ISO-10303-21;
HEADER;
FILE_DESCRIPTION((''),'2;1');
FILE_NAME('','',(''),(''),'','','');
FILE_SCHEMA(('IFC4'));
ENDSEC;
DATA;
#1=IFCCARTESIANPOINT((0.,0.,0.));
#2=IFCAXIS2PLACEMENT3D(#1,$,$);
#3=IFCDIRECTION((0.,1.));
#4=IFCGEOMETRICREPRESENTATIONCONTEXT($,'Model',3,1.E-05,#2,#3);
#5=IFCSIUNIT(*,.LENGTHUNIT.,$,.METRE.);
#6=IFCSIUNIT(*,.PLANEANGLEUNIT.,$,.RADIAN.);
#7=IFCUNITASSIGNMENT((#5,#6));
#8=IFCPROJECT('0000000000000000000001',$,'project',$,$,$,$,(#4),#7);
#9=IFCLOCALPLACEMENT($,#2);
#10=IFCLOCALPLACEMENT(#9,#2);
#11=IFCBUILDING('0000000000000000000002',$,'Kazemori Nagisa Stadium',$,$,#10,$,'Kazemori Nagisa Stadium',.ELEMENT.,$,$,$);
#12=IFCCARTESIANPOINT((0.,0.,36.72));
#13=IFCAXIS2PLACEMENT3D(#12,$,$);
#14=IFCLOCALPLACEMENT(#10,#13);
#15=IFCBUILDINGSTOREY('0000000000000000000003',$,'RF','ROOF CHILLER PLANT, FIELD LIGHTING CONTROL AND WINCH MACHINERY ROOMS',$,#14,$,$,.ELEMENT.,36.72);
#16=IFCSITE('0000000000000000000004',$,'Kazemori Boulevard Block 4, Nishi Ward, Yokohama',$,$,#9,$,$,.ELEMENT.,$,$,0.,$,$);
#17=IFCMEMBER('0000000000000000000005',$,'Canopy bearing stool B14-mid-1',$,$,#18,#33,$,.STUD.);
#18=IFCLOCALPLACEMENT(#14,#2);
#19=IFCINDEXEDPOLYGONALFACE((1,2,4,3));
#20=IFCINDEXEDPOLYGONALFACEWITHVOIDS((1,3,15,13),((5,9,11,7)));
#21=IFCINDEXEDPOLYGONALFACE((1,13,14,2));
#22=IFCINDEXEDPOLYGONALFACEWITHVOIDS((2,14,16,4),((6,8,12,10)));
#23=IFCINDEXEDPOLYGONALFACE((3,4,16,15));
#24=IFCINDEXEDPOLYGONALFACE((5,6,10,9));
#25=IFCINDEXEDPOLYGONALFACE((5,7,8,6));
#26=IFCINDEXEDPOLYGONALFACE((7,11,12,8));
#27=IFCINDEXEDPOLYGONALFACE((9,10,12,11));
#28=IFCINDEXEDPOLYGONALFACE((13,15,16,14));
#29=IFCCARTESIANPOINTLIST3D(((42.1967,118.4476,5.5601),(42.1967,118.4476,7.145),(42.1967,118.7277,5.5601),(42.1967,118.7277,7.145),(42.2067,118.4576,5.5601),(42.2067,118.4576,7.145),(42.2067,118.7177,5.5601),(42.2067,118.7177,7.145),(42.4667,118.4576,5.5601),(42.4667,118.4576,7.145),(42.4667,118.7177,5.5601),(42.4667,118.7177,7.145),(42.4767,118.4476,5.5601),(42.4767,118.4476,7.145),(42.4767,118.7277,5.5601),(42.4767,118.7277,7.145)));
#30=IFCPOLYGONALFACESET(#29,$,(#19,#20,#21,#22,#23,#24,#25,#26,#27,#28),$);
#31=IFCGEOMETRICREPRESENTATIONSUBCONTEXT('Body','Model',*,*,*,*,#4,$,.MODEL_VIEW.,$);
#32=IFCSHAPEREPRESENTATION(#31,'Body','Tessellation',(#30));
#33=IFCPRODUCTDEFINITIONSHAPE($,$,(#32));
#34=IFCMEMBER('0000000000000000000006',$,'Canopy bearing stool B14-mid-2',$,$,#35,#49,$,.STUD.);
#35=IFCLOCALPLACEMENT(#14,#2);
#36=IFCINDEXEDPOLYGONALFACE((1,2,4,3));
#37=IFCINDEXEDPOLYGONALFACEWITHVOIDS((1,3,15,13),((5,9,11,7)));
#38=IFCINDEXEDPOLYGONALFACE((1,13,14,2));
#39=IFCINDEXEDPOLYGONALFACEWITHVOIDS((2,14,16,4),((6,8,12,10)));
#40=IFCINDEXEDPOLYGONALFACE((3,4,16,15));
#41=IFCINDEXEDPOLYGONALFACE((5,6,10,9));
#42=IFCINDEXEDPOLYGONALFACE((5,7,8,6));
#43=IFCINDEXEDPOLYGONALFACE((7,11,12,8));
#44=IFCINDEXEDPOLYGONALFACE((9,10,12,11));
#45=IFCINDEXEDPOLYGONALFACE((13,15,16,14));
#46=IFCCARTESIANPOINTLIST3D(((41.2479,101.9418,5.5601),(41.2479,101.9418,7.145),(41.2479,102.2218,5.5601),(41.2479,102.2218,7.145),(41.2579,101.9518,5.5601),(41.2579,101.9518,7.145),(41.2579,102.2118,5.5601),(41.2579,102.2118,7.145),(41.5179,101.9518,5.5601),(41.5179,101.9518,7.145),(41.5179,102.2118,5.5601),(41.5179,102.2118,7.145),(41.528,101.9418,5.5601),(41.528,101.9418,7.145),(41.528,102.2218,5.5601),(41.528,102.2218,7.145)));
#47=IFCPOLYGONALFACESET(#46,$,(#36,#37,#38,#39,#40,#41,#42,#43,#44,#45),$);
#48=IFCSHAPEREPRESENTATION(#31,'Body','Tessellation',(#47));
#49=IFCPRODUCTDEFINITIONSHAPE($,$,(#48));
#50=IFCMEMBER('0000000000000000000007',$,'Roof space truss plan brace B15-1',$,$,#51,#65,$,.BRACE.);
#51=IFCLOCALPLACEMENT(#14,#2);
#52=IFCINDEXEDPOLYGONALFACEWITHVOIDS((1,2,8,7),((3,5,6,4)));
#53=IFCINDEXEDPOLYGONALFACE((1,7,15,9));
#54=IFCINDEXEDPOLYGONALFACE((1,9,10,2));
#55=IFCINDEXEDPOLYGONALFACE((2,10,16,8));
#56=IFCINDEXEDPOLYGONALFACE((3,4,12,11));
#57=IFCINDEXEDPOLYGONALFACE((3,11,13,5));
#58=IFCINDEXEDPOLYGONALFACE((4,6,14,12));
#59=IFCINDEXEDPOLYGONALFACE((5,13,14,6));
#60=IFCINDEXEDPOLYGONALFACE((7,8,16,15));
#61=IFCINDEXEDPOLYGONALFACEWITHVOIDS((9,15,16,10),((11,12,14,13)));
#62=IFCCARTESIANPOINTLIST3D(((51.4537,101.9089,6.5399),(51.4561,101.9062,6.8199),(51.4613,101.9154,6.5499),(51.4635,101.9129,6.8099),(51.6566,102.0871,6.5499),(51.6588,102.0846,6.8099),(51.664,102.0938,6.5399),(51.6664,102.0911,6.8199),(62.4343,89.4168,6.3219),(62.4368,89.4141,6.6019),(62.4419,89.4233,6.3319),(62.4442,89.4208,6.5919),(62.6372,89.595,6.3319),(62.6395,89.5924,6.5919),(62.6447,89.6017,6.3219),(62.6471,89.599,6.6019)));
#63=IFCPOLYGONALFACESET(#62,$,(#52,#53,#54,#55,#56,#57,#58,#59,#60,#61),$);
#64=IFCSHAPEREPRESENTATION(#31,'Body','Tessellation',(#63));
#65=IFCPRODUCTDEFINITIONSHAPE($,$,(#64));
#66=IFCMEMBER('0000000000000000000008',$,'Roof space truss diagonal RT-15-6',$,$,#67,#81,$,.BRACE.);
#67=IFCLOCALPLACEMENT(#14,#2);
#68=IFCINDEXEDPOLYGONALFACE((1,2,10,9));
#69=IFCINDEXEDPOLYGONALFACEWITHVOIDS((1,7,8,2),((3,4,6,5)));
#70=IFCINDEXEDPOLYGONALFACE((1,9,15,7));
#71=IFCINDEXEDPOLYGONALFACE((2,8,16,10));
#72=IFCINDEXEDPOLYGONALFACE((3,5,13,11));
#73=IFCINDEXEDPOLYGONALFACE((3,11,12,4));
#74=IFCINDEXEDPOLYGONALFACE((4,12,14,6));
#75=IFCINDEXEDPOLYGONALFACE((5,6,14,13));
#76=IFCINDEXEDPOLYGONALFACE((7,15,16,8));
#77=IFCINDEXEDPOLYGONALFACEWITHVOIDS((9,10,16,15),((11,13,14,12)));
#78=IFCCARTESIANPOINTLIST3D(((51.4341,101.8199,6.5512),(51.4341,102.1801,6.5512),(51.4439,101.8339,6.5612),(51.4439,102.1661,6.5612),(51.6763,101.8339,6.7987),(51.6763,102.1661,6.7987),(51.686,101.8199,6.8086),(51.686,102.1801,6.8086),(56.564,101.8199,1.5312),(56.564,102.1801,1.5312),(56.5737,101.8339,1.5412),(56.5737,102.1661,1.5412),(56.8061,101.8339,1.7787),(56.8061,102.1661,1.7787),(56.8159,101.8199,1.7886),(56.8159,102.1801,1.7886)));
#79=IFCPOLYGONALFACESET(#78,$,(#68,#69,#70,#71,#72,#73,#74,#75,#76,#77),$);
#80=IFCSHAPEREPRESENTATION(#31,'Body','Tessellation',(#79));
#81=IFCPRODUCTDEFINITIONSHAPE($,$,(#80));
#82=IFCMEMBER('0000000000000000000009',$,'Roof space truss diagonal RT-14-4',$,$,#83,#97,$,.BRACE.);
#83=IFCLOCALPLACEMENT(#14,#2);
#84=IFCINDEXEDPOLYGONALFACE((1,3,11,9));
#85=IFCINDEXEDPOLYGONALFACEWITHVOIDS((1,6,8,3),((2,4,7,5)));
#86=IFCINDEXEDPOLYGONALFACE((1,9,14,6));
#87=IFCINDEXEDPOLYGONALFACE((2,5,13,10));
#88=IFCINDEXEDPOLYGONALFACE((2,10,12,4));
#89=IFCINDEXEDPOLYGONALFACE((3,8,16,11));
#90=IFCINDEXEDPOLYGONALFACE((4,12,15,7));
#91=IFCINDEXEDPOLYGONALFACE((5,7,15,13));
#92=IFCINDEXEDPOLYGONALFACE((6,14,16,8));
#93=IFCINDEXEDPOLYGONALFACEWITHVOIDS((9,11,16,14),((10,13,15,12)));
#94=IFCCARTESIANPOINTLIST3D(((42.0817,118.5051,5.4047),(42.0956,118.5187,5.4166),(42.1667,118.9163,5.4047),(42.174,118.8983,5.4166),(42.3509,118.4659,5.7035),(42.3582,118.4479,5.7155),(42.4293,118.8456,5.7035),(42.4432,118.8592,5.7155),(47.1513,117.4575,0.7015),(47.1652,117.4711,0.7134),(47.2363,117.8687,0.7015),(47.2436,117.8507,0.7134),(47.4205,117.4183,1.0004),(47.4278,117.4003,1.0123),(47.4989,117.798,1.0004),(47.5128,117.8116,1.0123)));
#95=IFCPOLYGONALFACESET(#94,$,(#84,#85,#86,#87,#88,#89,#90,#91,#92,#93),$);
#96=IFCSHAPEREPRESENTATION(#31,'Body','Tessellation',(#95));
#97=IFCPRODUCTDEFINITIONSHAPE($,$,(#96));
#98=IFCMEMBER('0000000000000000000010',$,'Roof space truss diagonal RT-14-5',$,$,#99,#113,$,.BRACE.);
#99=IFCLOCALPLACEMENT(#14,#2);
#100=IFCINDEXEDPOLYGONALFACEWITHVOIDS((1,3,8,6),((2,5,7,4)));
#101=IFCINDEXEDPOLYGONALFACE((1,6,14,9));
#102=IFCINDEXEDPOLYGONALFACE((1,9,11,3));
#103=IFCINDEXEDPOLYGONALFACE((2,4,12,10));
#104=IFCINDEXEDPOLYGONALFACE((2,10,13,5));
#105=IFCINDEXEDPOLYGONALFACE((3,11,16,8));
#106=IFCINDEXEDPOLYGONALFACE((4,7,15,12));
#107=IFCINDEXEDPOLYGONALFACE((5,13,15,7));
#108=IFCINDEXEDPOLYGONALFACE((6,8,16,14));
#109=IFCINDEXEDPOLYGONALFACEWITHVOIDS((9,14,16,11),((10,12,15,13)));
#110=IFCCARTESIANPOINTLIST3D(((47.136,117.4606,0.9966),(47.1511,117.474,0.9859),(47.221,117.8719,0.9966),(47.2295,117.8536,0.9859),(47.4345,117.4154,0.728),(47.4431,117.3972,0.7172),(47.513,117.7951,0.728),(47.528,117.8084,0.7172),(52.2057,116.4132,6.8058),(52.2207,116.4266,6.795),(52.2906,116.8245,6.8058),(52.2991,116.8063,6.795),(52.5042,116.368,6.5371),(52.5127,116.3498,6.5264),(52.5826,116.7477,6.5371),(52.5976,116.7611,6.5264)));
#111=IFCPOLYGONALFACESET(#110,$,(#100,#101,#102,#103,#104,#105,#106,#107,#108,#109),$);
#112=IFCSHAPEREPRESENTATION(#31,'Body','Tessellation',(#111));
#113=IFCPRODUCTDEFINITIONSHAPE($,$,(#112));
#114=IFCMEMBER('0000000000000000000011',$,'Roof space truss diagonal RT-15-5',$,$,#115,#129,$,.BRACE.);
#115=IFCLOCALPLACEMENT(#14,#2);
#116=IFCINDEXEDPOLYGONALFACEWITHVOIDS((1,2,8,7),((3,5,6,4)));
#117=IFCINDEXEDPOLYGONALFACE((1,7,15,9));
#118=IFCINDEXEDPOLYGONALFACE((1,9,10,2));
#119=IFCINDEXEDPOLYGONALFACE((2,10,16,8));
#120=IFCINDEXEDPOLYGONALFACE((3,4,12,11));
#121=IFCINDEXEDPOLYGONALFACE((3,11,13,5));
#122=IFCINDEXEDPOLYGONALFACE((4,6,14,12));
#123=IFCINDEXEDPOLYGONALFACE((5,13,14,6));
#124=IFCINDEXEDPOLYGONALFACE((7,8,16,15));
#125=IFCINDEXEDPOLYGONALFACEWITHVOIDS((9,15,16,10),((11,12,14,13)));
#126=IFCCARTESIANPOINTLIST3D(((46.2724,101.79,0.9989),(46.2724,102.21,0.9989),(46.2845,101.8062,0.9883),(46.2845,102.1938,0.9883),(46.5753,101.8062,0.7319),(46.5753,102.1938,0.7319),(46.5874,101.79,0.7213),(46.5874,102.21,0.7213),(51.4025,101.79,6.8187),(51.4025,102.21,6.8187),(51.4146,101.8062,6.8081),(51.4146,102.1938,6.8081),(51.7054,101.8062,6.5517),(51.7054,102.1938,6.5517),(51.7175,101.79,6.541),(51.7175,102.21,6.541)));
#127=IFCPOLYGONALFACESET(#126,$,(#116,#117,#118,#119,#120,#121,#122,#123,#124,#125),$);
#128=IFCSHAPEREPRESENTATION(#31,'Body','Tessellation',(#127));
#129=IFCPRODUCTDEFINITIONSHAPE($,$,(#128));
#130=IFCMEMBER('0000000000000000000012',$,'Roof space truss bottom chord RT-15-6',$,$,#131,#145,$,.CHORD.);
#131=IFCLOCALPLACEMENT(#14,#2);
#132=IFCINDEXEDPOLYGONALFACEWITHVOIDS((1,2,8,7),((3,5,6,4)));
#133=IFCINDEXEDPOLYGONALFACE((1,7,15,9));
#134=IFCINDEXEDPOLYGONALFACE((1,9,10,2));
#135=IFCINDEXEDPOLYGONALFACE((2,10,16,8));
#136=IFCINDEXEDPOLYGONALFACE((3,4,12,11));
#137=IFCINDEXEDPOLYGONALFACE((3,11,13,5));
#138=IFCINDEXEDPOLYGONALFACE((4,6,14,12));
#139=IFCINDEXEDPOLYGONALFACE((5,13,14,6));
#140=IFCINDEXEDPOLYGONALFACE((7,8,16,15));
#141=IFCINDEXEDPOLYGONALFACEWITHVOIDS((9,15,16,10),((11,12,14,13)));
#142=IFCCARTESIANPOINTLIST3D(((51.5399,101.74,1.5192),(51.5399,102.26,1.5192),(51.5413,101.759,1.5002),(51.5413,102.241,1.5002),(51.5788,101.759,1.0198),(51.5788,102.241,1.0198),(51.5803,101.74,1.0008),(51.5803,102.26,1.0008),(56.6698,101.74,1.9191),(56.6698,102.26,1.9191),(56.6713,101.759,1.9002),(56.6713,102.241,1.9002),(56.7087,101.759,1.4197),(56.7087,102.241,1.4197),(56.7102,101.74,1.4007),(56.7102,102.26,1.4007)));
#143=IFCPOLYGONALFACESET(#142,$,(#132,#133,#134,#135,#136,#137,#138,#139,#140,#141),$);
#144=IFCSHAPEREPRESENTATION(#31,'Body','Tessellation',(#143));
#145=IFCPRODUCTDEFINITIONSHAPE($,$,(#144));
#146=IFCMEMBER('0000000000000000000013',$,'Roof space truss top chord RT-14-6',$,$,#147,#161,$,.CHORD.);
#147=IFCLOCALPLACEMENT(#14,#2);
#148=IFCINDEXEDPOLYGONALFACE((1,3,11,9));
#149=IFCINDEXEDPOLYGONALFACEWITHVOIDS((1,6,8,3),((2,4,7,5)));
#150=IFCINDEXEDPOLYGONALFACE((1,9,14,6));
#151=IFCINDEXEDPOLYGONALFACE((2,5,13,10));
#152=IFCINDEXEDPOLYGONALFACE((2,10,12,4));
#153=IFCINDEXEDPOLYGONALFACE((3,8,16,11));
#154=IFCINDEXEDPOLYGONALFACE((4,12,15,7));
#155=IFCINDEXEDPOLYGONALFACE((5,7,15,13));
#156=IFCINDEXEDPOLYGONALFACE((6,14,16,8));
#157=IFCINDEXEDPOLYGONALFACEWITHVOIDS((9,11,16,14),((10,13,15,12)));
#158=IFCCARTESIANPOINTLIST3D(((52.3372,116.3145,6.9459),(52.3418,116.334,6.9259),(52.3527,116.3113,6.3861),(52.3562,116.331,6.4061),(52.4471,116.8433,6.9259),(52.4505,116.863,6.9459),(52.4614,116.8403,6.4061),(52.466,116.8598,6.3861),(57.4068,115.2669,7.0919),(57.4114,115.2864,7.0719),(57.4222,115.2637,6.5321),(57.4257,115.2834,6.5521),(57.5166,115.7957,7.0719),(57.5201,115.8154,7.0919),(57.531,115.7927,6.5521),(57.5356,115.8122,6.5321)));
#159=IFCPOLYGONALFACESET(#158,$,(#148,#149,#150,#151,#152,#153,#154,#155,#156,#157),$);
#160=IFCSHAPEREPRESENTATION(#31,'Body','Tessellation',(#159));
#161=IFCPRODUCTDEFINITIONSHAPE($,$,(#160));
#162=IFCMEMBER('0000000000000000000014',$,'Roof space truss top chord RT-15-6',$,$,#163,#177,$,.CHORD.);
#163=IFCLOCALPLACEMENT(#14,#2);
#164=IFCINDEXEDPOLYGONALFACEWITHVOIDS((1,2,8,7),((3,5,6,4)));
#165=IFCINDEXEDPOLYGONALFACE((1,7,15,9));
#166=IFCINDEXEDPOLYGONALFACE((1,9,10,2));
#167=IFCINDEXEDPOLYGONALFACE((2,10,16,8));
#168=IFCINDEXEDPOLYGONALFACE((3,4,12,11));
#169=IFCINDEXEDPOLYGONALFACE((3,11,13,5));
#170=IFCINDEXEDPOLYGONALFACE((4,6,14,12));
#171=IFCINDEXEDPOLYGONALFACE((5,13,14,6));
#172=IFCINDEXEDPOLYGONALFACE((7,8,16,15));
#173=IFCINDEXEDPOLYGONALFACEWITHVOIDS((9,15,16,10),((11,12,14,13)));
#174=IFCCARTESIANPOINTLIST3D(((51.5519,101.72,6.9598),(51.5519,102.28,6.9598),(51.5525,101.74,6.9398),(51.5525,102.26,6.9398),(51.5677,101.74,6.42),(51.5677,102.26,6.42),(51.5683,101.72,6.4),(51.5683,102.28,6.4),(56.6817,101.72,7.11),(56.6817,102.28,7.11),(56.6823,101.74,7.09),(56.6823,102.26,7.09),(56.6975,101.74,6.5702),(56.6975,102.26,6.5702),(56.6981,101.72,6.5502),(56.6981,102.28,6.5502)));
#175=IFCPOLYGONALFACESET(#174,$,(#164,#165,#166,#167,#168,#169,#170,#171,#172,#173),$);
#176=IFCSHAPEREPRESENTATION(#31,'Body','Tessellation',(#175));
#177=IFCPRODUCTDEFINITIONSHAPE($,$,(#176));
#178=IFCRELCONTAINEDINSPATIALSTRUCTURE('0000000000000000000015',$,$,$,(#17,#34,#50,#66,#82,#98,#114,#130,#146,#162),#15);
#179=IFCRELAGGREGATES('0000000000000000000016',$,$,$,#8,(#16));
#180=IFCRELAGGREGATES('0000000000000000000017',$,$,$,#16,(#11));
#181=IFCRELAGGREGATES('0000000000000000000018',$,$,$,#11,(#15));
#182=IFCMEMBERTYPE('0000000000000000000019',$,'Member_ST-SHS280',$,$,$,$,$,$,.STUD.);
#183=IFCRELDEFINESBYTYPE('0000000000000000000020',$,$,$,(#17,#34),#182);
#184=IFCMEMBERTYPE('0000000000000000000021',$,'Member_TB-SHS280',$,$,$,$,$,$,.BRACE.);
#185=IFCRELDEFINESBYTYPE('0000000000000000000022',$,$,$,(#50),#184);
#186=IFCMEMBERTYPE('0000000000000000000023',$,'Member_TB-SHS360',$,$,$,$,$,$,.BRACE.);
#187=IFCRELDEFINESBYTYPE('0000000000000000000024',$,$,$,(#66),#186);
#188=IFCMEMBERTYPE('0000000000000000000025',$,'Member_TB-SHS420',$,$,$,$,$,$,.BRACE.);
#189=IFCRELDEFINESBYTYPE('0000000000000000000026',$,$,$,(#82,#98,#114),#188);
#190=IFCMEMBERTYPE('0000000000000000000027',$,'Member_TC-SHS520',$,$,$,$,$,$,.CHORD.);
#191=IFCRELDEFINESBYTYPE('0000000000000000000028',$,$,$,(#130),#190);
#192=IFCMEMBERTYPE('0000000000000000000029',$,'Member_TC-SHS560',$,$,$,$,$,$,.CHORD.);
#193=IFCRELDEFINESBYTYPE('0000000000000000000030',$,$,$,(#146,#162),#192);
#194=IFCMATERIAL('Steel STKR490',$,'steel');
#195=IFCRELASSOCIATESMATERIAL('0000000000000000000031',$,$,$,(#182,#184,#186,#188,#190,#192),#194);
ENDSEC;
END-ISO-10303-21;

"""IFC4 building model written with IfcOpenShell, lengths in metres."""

from ifc_helpers import new_model, si_unit, direction, frame, origin, origin_2d, place, context, subcontext, project, spatial, hollow_rectangle, extrude, material, material_profile, profile_set, type_object, element, save


model = new_model("IFC4")

# Units and contexts
model_context = context("Model", 3, precision=1e-05, world=origin(), true_north=direction((0.0, 1.0)))
body_context = subcontext(model_context, "Body", "Model", "MODEL_VIEW")
ifc_project = project(units=[si_unit("LENGTHUNIT", "METRE"), si_unit("PLANEANGLEUNIT", "RADIAN")], contexts=[model_context])

# Site, building, storey
site_placement = place(None, origin())
site = spatial("IfcSite", under=ifc_project, at=site_placement, Name="Kazemori Boulevard Block 4, Nishi Ward, Yokohama", CompositionType="ELEMENT", RefElevation=0.0)
building_placement = place(site_placement, origin())
building = spatial("IfcBuilding", under=site, at=building_placement, Name="Kazemori Nagisa Stadium", LongName="Kazemori Nagisa Stadium", CompositionType="ELEMENT")
storey_placement = place(building_placement, frame((0.0, 0.0, 36.72)))
storey = spatial("IfcBuildingStorey", under=building, at=storey_placement, Name="RF", Description="ROOF CHILLER PLANT, FIELD LIGHTING CONTROL AND WINCH MACHINERY ROOMS", CompositionType="ELEMENT", Elevation=36.72)

# Members
ifc_material_1 = material(Name="Steel STKR490", Category="steel")
ifc_material_profile_1 = material_profile(ifc_material_1, hollow_rectangle(XDim=0.28, YDim=0.28, WallThickness=0.01, at=origin_2d()), Name="SHS-280x280x10")
ifc_profile_set_1 = profile_set([ifc_material_profile_1], Name="Steel STKR490")
member_type_1 = type_object("IfcMemberType", Name="Member_ST-SHS280", PredefinedType="STUD", material=ifc_profile_set_1)
for number, where, z_axis, x_axis, name in (
    (1, (42.3367, 118.5876, 5.5601), (0.0, 0.0, 1.0), (1.0, 0.0, 0.0), "Canopy bearing stool B14-mid-1"),
    (2, (41.3879, 102.0818, 5.5601), (0.0, 0.0, 1.0), (1.0, 0.0, 0.0), "Canopy bearing stool B14-mid-2"),
):
    element("IfcMember", number, at=place(storey_placement, frame(where, z_axis=z_axis, x_axis=x_axis)), inside=storey, type_object=member_type_1, Name=name, PredefinedType="STUD", context=body_context, shape_type="SweptSolid", body=[
        extrude(hollow_rectangle(XDim=0.28, YDim=0.28, WallThickness=0.01, at=origin_2d()), origin(), (0.0, 0.0, 1.0), 1.585),
    ])
ifc_material_profile_2 = material_profile(ifc_material_1, hollow_rectangle(XDim=0.28, YDim=0.28, WallThickness=0.01, at=origin_2d()), Name="SHS-280x280x10")
ifc_profile_set_2 = profile_set([ifc_material_profile_2], Name="Steel STKR490")
member_type_2 = type_object("IfcMemberType", Name="Member_TB-SHS280", PredefinedType="BRACE", material=ifc_profile_set_2)
member_1_placement = place(storey_placement, frame((51.5601, 102.0, 6.6799), z_axis=(0.660151, -0.751019, -0.013107), x_axis=(0.751084, 0.660207, 0.0)))
element("IfcMember", 3, at=member_1_placement, inside=storey, type_object=member_type_2, Name="Roof space truss plan brace B15-1", PredefinedType="BRACE", context=body_context, shape_type="SweptSolid", body=[
    extrude(hollow_rectangle(XDim=0.28, YDim=0.28, WallThickness=0.01, at=origin_2d()), origin(), (0.0, 0.0, 1.0), 16.6335),
])
ifc_material_profile_3 = material_profile(ifc_material_1, hollow_rectangle(XDim=0.3601, YDim=0.3601, WallThickness=0.0139, at=origin_2d()), Name="SHS-360x360x14")
ifc_profile_set_3 = profile_set([ifc_material_profile_3], Name="Steel STKR490")
member_type_3 = type_object("IfcMemberType", Name="Member_TB-SHS360", PredefinedType="BRACE", material=ifc_profile_set_3)
member_2_placement = place(storey_placement, frame((51.5601, 102.0, 6.6799), z_axis=(0.714719, 0.0, -0.699412), x_axis=(0.0, 1.0, 0.0)))
element("IfcMember", 4, at=member_2_placement, inside=storey, type_object=member_type_3, Name="Roof space truss diagonal RT-15-6", PredefinedType="BRACE", context=body_context, shape_type="SweptSolid", body=[
    extrude(hollow_rectangle(XDim=0.3601, YDim=0.3601, WallThickness=0.0139, at=origin_2d()), origin(), (0.0, 0.0, 1.0), 7.1775),
])
ifc_material_profile_4 = material_profile(ifc_material_1, hollow_rectangle(XDim=0.4199, YDim=0.4199, WallThickness=0.0161, at=origin_2d()), Name="SHS-420x420x16")
ifc_profile_set_4 = profile_set([ifc_material_profile_4], Name="Steel STKR490")
member_type_4 = type_object("IfcMemberType", Name="Member_TB-SHS420", PredefinedType="BRACE", material=ifc_profile_set_4)
member_3_placement = place(storey_placement, frame((42.2625, 118.6821, 5.5601), z_axis=(0.724836, -0.149784, -0.672441), x_axis=(0.20237, 0.979309, 0.0)))
element("IfcMember", 5, at=member_3_placement, inside=storey, type_object=member_type_4, Name="Roof space truss diagonal RT-14-4", PredefinedType="BRACE", context=body_context, shape_type="SweptSolid", body=[
    extrude(hollow_rectangle(XDim=0.4199, YDim=0.4199, WallThickness=0.0161, at=origin_2d()), origin(), (0.0, 0.0, 1.0), 6.9941),
])
member_4_placement = place(storey_placement, frame((47.332, 117.6345, 0.8569), z_axis=(0.651538, -0.134606, 0.746578), x_axis=(0.202325, 0.979318, 0.0)))
element("IfcMember", 6, at=member_4_placement, inside=storey, type_object=member_type_4, Name="Roof space truss diagonal RT-14-5", PredefinedType="BRACE", context=body_context, shape_type="SweptSolid", body=[
    extrude(hollow_rectangle(XDim=0.4199, YDim=0.4199, WallThickness=0.0161, at=origin_2d()), origin(), (0.0, 0.0, 1.0), 7.781),
])
member_5_placement = place(storey_placement, frame((46.4299, 102.0, 0.8601), z_axis=(0.661258, 0.0, 0.750158), x_axis=(0.0, 1.0, 0.0)))
element("IfcMember", 7, at=member_5_placement, inside=storey, type_object=member_type_4, Name="Roof space truss diagonal RT-15-5", PredefinedType="BRACE", context=body_context, shape_type="SweptSolid", body=[
    extrude(hollow_rectangle(XDim=0.4199, YDim=0.4199, WallThickness=0.0161, at=origin_2d()), origin(), (0.0, 0.0, 1.0), 7.7581),
])
ifc_material_profile_5 = material_profile(ifc_material_1, hollow_rectangle(XDim=0.52, YDim=0.52, WallThickness=0.019, at=origin_2d()), Name="SHS-520x520x19")
ifc_profile_set_5 = profile_set([ifc_material_profile_5], Name="Steel STKR490")
member_type_5 = type_object("IfcMemberType", Name="Member_TC-SHS520", PredefinedType="CHORD", material=ifc_profile_set_5)
member_6_placement = place(storey_placement, frame((51.5601, 102.0, 1.26), z_axis=(0.996975, 0.0, 0.07772), x_axis=(0.0, 1.0, 0.0)))
element("IfcMember", 8, at=member_6_placement, inside=storey, type_object=member_type_5, Name="Roof space truss bottom chord RT-15-6", PredefinedType="CHORD", context=body_context, shape_type="SweptSolid", body=[
    extrude(hollow_rectangle(XDim=0.52, YDim=0.52, WallThickness=0.019, at=origin_2d()), origin(), (0.0, 0.0, 1.0), 5.1455),
])
ifc_material_profile_6 = material_profile(ifc_material_1, hollow_rectangle(XDim=0.5601, YDim=0.5601, WallThickness=0.02, at=origin_2d()), Name="SHS-560x560x20")
ifc_profile_set_6 = profile_set([ifc_material_profile_6], Name="Steel STKR490")
member_type_6 = type_object("IfcMemberType", Name="Member_TC-SHS560", PredefinedType="CHORD", material=ifc_profile_set_6)
member_7_placement = place(storey_placement, frame((52.4016, 116.5872, 6.666), z_axis=(0.97892, -0.20229, 0.028191), x_axis=(0.20237, 0.979309, 0.0)))
element("IfcMember", 9, at=member_7_placement, inside=storey, type_object=member_type_6, Name="Roof space truss top chord RT-14-6", PredefinedType="CHORD", context=body_context, shape_type="SweptSolid", body=[
    extrude(hollow_rectangle(XDim=0.5601, YDim=0.5601, WallThickness=0.02, at=origin_2d()), origin(), (0.0, 0.0, 1.0), 5.1787),
])
member_8_placement = place(storey_placement, frame((51.5601, 102.0, 6.6799), z_axis=(0.999572, 0.0, 0.029256), x_axis=(0.0, 1.0, 0.0)))
element("IfcMember", 10, at=member_8_placement, inside=storey, type_object=member_type_6, Name="Roof space truss top chord RT-15-6", PredefinedType="CHORD", context=body_context, shape_type="SweptSolid", body=[
    extrude(hollow_rectangle(XDim=0.5601, YDim=0.5601, WallThickness=0.02, at=origin_2d()), origin(), (0.0, 0.0, 1.0), 5.1321),
])

save(model, "model.ifc")
